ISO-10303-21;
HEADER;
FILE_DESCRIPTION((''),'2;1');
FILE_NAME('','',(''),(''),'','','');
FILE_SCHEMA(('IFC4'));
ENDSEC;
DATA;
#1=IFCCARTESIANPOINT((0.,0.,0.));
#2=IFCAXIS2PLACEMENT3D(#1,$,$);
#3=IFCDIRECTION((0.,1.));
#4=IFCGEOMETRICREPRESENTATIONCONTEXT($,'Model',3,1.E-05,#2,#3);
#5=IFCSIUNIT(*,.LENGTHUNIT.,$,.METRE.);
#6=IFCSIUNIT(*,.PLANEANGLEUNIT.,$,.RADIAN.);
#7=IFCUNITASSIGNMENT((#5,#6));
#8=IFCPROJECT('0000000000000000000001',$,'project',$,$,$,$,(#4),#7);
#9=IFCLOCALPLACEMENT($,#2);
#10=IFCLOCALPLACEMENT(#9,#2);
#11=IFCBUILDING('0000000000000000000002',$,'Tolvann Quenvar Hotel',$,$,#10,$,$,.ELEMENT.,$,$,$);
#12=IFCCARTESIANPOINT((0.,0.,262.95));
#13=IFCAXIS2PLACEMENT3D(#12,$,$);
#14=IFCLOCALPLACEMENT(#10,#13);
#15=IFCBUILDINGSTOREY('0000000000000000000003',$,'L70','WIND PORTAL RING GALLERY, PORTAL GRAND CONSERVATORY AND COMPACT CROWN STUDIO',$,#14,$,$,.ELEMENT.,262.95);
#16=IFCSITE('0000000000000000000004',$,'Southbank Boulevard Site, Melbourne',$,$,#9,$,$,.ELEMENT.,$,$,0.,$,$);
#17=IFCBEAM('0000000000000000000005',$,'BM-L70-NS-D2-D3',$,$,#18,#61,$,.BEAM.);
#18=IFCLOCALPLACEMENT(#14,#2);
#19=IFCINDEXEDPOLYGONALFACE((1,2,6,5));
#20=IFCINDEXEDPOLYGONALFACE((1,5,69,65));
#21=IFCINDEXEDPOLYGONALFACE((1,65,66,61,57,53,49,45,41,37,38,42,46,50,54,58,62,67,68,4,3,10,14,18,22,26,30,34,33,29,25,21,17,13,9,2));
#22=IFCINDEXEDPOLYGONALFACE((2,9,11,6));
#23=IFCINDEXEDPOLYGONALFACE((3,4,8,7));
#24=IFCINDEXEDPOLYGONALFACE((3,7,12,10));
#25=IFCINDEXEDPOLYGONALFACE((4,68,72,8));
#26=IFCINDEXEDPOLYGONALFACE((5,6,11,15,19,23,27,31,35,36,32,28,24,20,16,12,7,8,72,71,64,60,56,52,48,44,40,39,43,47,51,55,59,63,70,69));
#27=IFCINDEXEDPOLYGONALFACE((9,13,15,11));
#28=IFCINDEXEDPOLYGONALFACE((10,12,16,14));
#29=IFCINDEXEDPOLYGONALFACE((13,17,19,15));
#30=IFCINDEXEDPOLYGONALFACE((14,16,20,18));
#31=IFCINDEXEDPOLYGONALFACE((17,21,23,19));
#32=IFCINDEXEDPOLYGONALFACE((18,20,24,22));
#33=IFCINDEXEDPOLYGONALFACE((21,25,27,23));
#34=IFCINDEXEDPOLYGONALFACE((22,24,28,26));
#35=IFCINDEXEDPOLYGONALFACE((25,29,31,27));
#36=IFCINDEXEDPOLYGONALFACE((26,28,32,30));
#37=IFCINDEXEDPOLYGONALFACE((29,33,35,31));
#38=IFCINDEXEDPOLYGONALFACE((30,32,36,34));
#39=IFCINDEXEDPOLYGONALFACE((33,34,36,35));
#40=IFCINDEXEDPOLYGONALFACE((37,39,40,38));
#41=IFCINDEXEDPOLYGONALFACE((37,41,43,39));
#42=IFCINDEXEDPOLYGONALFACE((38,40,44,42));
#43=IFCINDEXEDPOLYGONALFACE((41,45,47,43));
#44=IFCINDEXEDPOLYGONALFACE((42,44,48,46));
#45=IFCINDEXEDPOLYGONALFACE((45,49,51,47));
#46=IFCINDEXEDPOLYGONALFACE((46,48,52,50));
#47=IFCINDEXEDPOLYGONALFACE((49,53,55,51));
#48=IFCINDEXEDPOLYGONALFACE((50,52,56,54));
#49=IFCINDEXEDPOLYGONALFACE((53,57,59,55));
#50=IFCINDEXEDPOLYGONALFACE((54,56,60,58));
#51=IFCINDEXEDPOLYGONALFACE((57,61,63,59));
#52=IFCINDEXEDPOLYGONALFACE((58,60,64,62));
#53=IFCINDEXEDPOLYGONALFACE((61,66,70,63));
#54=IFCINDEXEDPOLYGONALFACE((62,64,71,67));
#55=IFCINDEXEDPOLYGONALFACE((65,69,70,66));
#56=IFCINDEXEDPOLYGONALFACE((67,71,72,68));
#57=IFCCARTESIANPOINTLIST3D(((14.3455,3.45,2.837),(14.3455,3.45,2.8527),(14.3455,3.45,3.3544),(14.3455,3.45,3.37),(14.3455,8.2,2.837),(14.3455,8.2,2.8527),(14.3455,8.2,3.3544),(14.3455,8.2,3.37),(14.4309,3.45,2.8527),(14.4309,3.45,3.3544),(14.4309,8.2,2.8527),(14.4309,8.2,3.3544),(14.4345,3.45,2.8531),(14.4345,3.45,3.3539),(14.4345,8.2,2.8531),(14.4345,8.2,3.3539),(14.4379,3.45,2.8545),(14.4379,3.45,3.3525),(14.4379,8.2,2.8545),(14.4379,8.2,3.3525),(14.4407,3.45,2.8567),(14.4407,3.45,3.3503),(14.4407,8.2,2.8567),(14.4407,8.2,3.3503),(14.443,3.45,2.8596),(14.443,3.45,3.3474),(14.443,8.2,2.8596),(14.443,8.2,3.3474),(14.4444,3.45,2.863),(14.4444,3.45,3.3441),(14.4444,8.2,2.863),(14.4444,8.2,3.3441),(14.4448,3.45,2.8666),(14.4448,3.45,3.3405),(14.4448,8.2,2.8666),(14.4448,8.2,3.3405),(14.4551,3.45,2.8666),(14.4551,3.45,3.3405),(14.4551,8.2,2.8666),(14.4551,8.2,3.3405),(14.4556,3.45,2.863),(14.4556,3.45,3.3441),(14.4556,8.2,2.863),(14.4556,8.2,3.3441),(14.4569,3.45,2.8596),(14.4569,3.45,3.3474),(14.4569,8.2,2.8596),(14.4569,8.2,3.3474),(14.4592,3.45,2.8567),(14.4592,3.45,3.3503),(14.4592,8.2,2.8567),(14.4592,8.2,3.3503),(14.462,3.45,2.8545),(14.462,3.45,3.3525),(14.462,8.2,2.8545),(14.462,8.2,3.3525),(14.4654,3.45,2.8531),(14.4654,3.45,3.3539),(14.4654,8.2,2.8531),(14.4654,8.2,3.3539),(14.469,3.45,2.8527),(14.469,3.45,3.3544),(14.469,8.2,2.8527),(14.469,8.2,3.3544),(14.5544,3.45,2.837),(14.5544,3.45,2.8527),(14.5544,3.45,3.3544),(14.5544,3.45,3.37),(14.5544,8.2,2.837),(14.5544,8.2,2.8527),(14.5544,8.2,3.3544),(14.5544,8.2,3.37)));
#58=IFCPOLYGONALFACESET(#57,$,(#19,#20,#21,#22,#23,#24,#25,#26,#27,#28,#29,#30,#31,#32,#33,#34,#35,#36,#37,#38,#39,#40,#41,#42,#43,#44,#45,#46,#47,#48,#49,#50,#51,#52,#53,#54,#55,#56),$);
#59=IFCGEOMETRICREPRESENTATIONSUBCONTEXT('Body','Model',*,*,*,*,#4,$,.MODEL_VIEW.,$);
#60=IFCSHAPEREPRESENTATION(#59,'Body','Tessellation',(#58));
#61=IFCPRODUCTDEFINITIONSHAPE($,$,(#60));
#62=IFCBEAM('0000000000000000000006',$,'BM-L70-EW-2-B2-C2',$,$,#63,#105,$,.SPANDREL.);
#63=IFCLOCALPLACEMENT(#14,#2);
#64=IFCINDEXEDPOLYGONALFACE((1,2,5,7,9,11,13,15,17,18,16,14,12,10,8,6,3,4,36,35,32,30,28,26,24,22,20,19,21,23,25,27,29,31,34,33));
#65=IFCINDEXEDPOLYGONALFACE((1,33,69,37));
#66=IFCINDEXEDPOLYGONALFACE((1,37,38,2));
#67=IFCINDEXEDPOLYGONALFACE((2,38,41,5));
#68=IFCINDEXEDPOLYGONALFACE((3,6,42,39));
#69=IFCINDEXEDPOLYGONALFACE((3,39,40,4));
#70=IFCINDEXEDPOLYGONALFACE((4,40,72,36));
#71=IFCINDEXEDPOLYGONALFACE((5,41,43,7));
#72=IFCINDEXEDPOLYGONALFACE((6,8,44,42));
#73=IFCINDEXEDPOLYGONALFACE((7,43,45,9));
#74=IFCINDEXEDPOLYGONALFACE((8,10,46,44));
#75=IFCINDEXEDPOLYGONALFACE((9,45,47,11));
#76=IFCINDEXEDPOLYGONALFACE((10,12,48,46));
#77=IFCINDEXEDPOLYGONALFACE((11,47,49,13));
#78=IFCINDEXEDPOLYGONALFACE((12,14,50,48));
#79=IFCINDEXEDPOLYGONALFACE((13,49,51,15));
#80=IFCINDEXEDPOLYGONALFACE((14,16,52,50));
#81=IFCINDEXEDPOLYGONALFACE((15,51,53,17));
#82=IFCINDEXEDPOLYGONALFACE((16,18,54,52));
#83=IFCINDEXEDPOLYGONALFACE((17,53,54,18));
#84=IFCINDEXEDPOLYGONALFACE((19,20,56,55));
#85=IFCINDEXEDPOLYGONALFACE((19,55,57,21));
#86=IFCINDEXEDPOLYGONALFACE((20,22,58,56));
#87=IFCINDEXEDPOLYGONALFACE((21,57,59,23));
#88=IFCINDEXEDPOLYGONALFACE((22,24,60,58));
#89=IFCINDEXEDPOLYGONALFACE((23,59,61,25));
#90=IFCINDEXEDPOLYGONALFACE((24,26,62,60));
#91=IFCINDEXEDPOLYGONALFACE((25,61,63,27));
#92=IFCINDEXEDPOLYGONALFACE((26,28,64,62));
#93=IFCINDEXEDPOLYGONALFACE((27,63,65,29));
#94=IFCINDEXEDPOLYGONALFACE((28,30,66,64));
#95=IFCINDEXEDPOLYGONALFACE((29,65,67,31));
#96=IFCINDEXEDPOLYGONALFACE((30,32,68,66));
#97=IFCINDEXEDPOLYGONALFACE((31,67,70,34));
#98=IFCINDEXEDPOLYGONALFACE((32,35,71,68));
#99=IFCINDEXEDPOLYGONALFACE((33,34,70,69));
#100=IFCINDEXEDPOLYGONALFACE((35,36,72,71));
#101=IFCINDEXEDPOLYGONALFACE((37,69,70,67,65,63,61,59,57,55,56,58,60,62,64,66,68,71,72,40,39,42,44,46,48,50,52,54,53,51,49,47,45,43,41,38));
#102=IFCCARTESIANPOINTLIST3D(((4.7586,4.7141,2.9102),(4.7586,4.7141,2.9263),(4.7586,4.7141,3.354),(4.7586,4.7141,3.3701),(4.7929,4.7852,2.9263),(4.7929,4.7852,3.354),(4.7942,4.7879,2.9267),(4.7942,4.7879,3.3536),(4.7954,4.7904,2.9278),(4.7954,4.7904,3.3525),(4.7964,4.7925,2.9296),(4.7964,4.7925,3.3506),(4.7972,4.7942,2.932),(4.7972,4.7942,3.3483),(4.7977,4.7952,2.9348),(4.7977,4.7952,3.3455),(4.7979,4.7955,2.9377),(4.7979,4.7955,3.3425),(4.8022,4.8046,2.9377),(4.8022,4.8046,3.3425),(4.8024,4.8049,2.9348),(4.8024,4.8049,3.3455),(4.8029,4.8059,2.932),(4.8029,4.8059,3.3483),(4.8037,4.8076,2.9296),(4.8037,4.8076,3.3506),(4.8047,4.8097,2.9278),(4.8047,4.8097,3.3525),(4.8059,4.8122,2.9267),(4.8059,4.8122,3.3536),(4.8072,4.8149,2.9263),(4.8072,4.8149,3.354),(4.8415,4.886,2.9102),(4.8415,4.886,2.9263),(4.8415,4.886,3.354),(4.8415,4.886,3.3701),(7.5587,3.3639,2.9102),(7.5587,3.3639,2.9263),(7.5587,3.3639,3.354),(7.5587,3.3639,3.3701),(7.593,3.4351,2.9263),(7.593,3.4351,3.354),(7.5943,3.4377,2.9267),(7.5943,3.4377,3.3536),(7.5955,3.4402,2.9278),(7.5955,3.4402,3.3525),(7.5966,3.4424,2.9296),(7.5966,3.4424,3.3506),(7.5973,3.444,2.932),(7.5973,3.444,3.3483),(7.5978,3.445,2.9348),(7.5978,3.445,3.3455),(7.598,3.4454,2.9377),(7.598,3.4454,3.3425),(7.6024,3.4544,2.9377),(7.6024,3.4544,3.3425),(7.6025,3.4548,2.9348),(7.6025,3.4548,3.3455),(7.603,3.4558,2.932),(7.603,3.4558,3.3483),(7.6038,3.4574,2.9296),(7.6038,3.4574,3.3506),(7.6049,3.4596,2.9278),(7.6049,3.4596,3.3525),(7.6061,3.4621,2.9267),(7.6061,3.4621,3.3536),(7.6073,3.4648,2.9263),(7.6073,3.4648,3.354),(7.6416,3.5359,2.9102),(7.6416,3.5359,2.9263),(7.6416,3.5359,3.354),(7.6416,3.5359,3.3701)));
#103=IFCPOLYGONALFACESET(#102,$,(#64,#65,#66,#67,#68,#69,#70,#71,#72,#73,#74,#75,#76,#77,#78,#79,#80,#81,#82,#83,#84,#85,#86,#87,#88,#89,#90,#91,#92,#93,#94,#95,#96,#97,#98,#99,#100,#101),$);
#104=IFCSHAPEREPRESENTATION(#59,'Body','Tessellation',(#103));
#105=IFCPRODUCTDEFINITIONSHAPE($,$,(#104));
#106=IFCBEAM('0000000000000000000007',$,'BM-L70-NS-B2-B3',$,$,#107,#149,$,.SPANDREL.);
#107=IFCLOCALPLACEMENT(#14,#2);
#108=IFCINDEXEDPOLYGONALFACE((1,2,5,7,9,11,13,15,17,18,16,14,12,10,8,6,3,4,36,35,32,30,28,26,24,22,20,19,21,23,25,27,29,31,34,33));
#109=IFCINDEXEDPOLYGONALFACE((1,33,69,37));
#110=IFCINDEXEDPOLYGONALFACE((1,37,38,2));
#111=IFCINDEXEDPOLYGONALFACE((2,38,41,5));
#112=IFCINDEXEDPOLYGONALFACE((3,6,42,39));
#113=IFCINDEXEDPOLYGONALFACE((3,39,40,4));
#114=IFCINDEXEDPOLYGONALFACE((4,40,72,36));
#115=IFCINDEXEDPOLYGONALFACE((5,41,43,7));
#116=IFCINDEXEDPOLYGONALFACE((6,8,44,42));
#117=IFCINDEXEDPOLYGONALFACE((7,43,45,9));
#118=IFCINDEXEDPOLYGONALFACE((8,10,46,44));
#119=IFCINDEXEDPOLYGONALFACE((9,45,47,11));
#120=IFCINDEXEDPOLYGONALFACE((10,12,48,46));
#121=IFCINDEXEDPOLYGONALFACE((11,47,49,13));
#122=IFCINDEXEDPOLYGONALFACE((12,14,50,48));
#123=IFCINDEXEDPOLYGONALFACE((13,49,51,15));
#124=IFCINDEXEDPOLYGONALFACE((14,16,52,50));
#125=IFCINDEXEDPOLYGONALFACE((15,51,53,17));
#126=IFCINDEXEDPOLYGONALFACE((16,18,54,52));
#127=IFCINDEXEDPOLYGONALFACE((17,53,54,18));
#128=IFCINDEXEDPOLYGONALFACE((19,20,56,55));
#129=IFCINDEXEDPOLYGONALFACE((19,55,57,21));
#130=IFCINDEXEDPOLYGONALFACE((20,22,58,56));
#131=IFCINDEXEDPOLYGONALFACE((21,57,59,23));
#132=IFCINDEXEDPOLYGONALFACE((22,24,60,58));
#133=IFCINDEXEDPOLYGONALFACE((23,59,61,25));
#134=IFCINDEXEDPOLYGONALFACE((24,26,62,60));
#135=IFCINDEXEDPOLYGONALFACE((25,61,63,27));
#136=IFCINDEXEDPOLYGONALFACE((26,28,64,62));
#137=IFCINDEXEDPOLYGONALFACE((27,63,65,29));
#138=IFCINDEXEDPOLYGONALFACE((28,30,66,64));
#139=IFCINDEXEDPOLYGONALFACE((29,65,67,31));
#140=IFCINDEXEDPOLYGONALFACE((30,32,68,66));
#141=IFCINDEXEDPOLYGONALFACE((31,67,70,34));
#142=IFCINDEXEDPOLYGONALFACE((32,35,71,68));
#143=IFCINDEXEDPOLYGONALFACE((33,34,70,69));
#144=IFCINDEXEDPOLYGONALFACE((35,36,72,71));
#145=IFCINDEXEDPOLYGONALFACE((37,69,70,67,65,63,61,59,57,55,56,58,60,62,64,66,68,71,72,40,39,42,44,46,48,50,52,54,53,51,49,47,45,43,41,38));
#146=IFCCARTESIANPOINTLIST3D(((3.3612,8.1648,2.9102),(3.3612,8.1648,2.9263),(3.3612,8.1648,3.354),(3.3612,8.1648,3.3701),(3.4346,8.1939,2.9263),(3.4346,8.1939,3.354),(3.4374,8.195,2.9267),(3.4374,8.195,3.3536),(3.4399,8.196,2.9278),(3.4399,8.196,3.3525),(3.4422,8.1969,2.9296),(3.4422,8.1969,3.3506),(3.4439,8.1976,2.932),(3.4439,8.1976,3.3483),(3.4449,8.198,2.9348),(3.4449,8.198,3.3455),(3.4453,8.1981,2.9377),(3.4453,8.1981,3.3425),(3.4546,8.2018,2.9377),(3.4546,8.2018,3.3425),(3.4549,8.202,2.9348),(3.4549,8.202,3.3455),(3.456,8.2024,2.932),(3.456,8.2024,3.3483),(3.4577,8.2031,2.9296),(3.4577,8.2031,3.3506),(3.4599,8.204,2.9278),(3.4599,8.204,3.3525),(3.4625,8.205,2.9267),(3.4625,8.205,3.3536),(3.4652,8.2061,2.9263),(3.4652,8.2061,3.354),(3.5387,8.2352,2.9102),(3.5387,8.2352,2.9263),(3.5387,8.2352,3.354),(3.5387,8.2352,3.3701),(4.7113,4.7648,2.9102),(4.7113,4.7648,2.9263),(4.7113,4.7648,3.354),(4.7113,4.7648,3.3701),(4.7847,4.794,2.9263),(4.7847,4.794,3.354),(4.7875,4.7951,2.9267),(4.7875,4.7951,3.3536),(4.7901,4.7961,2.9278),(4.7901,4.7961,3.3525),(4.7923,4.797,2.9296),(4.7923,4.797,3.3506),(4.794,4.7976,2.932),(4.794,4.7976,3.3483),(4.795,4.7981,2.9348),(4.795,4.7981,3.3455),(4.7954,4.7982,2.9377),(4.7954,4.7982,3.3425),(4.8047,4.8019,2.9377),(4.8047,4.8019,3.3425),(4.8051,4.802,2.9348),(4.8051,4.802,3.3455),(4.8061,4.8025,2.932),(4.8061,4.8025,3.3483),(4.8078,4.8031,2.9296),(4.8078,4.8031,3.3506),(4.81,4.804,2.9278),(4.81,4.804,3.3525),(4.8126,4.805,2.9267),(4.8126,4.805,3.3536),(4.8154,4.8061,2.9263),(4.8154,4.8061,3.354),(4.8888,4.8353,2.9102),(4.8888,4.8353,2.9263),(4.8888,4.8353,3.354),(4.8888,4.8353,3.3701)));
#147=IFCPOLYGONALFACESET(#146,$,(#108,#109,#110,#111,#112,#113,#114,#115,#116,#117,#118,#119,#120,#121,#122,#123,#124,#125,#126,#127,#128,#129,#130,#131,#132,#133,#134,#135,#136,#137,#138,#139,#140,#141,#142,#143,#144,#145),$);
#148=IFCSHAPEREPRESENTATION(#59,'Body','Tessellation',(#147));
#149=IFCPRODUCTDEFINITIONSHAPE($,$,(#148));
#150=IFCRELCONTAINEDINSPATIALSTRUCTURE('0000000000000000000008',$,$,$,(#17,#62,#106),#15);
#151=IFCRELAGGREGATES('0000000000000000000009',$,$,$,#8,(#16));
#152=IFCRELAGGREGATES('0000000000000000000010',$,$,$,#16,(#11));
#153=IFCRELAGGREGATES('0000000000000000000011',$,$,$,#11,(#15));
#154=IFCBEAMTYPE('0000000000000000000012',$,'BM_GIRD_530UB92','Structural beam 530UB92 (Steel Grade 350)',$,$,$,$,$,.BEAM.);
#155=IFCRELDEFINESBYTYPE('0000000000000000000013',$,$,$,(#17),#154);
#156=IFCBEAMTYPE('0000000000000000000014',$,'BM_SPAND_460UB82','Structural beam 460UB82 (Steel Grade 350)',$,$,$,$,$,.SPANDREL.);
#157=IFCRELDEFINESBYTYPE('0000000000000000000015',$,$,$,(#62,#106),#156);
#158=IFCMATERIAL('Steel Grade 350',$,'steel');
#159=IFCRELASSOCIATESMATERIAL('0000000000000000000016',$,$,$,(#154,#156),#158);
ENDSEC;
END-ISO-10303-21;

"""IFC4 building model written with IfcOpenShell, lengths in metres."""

from ifc_helpers import new_model, si_unit, direction, frame, origin, origin_2d, place, context, subcontext, project, spatial, i_section, extrude, source, transform, mapped, material, material_profile, profile_set, type_object, type_shapes, element, save


model = new_model("IFC4")

# Units and contexts
model_context = context("Model", 3, precision=1e-05, world=origin(), true_north=direction((0.0, 1.0)))
body_context = subcontext(model_context, "Body", "Model", "MODEL_VIEW")
ifc_project = project(units=[si_unit("LENGTHUNIT", "METRE"), si_unit("PLANEANGLEUNIT", "RADIAN")], contexts=[model_context])

# Site, building, storey
site_placement = place(None, origin())
site = spatial("IfcSite", under=ifc_project, at=site_placement, Name="Southbank Boulevard Site, Melbourne", CompositionType="ELEMENT", RefElevation=0.0)
building_placement = place(site_placement, origin())
building = spatial("IfcBuilding", under=site, at=building_placement, Name="Tolvann Quenvar Hotel", CompositionType="ELEMENT")
storey_placement = place(building_placement, frame((0.0, 0.0, 262.95)))
storey = spatial("IfcBuildingStorey", under=building, at=storey_placement, Name="L70", Description="WIND PORTAL RING GALLERY, PORTAL GRAND CONSERVATORY AND COMPACT CROWN STUDIO", CompositionType="ELEMENT", Elevation=262.95)

# Shared definitions
ifc_material_1 = material(Name="Steel Grade 350", Category="steel")

# Beams
ifc_material_profile_1 = material_profile(ifc_material_1, i_section(OverallWidth=0.209, OverallDepth=0.533, WebThickness=0.0103, FlangeThickness=0.0156, FilletRadius=0.0139, at=origin_2d()), Name="530UB92")
ifc_profile_set_1 = profile_set([ifc_material_profile_1], Name="Steel Grade 350")
beam_type_1 = type_object("IfcBeamType", Name="BM_GIRD_530UB92", Description="Structural beam 530UB92 (Steel Grade 350)", PredefinedType="BEAM", material=ifc_profile_set_1)
shared_shape_1 = source(origin(), body_context, "Body", "SweptSolid", [
    extrude(i_section(OverallWidth=0.209, OverallDepth=0.533, WebThickness=0.0103, FlangeThickness=0.0156, FilletRadius=0.0139, at=origin_2d()), origin(), (0.0, 0.0, 1.0), 4.75),
])
type_shapes(beam_type_1, [shared_shape_1])
for number, where, z_axis, x_axis, name in (
    (1, (14.45, 3.45, 3.1035), (0.0, 1.0, 0.0), (-1.0, 0.0, 0.0), "BM-L70-NS-D2-D3"),
):
    element("IfcBeam", number, at=place(storey_placement, frame(where, z_axis=z_axis, x_axis=x_axis)), inside=storey, type_object=beam_type_1, Name=name, PredefinedType="BEAM", context=body_context, shape_type="MappedRepresentation", body=[
        mapped(shared_shape_1, transform((0.0, 0.0, 0.0), x_axis=(1.0, 0.0, 0.0), y_axis=(0.0, 1.0, 0.0), z_axis=(0.0, 0.0, 1.0), scale=1.0)),
    ])
ifc_material_profile_2 = material_profile(ifc_material_1, i_section(OverallWidth=0.1909, OverallDepth=0.46, WebThickness=0.01, FlangeThickness=0.0161, FilletRadius=0.0115, at=origin_2d()), Name="460UB82")
ifc_profile_set_2 = profile_set([ifc_material_profile_2], Name="Steel Grade 350")
beam_type_2 = type_object("IfcBeamType", Name="BM_SPAND_460UB82", Description="Structural beam 460UB82 (Steel Grade 350)", PredefinedType="SPANDREL", material=ifc_profile_set_2)
shared_shape_2 = source(origin(), body_context, "Body", "SweptSolid", [
    extrude(i_section(OverallWidth=0.1909, OverallDepth=0.46, WebThickness=0.01, FlangeThickness=0.0161, FilletRadius=0.0115, at=origin_2d()), origin(), (0.0, 0.0, 1.0), 3.1086),
])
beam_1_placement = place(storey_placement, frame((4.8, 4.8, 3.1401), z_axis=(0.900759, -0.434319, 0.0), x_axis=(0.434319, 0.900759, 0.0)))
element("IfcBeam", 2, at=beam_1_placement, inside=storey, type_object=beam_type_2, Name="BM-L70-EW-2-B2-C2", PredefinedType="SPANDREL", context=body_context, shape_type="MappedRepresentation", body=[
    mapped(shared_shape_2, transform((0.0, 0.0, 0.0), x_axis=(1.0, 0.0, 0.0), y_axis=(0.0, 1.0, 0.0), z_axis=(0.0, 0.0, 1.0), scale=1.0)),
])
shared_shape_3 = source(origin(), body_context, "Body", "SweptSolid", [
    extrude(i_section(OverallWidth=0.1909, OverallDepth=0.46, WebThickness=0.01, FlangeThickness=0.0161, FilletRadius=0.0115, at=origin_2d()), origin(), (0.0, 0.0, 1.0), 3.6582),
])
beam_2_placement = place(storey_placement, frame((4.8, 4.8, 3.1401), z_axis=(-0.369065, 0.929404, 0.0), x_axis=(-0.929404, -0.369065, 0.0)))
element("IfcBeam", 3, at=beam_2_placement, inside=storey, type_object=beam_type_2, Name="BM-L70-NS-B2-B3", PredefinedType="SPANDREL", context=body_context, shape_type="MappedRepresentation", body=[
    mapped(shared_shape_3, transform((0.0, 0.0, 0.0), x_axis=(1.0, 0.0, 0.0), y_axis=(0.0, 1.0, 0.0), z_axis=(0.0, 0.0, 1.0), scale=1.0)),
])

save(model, "model.ifc")
